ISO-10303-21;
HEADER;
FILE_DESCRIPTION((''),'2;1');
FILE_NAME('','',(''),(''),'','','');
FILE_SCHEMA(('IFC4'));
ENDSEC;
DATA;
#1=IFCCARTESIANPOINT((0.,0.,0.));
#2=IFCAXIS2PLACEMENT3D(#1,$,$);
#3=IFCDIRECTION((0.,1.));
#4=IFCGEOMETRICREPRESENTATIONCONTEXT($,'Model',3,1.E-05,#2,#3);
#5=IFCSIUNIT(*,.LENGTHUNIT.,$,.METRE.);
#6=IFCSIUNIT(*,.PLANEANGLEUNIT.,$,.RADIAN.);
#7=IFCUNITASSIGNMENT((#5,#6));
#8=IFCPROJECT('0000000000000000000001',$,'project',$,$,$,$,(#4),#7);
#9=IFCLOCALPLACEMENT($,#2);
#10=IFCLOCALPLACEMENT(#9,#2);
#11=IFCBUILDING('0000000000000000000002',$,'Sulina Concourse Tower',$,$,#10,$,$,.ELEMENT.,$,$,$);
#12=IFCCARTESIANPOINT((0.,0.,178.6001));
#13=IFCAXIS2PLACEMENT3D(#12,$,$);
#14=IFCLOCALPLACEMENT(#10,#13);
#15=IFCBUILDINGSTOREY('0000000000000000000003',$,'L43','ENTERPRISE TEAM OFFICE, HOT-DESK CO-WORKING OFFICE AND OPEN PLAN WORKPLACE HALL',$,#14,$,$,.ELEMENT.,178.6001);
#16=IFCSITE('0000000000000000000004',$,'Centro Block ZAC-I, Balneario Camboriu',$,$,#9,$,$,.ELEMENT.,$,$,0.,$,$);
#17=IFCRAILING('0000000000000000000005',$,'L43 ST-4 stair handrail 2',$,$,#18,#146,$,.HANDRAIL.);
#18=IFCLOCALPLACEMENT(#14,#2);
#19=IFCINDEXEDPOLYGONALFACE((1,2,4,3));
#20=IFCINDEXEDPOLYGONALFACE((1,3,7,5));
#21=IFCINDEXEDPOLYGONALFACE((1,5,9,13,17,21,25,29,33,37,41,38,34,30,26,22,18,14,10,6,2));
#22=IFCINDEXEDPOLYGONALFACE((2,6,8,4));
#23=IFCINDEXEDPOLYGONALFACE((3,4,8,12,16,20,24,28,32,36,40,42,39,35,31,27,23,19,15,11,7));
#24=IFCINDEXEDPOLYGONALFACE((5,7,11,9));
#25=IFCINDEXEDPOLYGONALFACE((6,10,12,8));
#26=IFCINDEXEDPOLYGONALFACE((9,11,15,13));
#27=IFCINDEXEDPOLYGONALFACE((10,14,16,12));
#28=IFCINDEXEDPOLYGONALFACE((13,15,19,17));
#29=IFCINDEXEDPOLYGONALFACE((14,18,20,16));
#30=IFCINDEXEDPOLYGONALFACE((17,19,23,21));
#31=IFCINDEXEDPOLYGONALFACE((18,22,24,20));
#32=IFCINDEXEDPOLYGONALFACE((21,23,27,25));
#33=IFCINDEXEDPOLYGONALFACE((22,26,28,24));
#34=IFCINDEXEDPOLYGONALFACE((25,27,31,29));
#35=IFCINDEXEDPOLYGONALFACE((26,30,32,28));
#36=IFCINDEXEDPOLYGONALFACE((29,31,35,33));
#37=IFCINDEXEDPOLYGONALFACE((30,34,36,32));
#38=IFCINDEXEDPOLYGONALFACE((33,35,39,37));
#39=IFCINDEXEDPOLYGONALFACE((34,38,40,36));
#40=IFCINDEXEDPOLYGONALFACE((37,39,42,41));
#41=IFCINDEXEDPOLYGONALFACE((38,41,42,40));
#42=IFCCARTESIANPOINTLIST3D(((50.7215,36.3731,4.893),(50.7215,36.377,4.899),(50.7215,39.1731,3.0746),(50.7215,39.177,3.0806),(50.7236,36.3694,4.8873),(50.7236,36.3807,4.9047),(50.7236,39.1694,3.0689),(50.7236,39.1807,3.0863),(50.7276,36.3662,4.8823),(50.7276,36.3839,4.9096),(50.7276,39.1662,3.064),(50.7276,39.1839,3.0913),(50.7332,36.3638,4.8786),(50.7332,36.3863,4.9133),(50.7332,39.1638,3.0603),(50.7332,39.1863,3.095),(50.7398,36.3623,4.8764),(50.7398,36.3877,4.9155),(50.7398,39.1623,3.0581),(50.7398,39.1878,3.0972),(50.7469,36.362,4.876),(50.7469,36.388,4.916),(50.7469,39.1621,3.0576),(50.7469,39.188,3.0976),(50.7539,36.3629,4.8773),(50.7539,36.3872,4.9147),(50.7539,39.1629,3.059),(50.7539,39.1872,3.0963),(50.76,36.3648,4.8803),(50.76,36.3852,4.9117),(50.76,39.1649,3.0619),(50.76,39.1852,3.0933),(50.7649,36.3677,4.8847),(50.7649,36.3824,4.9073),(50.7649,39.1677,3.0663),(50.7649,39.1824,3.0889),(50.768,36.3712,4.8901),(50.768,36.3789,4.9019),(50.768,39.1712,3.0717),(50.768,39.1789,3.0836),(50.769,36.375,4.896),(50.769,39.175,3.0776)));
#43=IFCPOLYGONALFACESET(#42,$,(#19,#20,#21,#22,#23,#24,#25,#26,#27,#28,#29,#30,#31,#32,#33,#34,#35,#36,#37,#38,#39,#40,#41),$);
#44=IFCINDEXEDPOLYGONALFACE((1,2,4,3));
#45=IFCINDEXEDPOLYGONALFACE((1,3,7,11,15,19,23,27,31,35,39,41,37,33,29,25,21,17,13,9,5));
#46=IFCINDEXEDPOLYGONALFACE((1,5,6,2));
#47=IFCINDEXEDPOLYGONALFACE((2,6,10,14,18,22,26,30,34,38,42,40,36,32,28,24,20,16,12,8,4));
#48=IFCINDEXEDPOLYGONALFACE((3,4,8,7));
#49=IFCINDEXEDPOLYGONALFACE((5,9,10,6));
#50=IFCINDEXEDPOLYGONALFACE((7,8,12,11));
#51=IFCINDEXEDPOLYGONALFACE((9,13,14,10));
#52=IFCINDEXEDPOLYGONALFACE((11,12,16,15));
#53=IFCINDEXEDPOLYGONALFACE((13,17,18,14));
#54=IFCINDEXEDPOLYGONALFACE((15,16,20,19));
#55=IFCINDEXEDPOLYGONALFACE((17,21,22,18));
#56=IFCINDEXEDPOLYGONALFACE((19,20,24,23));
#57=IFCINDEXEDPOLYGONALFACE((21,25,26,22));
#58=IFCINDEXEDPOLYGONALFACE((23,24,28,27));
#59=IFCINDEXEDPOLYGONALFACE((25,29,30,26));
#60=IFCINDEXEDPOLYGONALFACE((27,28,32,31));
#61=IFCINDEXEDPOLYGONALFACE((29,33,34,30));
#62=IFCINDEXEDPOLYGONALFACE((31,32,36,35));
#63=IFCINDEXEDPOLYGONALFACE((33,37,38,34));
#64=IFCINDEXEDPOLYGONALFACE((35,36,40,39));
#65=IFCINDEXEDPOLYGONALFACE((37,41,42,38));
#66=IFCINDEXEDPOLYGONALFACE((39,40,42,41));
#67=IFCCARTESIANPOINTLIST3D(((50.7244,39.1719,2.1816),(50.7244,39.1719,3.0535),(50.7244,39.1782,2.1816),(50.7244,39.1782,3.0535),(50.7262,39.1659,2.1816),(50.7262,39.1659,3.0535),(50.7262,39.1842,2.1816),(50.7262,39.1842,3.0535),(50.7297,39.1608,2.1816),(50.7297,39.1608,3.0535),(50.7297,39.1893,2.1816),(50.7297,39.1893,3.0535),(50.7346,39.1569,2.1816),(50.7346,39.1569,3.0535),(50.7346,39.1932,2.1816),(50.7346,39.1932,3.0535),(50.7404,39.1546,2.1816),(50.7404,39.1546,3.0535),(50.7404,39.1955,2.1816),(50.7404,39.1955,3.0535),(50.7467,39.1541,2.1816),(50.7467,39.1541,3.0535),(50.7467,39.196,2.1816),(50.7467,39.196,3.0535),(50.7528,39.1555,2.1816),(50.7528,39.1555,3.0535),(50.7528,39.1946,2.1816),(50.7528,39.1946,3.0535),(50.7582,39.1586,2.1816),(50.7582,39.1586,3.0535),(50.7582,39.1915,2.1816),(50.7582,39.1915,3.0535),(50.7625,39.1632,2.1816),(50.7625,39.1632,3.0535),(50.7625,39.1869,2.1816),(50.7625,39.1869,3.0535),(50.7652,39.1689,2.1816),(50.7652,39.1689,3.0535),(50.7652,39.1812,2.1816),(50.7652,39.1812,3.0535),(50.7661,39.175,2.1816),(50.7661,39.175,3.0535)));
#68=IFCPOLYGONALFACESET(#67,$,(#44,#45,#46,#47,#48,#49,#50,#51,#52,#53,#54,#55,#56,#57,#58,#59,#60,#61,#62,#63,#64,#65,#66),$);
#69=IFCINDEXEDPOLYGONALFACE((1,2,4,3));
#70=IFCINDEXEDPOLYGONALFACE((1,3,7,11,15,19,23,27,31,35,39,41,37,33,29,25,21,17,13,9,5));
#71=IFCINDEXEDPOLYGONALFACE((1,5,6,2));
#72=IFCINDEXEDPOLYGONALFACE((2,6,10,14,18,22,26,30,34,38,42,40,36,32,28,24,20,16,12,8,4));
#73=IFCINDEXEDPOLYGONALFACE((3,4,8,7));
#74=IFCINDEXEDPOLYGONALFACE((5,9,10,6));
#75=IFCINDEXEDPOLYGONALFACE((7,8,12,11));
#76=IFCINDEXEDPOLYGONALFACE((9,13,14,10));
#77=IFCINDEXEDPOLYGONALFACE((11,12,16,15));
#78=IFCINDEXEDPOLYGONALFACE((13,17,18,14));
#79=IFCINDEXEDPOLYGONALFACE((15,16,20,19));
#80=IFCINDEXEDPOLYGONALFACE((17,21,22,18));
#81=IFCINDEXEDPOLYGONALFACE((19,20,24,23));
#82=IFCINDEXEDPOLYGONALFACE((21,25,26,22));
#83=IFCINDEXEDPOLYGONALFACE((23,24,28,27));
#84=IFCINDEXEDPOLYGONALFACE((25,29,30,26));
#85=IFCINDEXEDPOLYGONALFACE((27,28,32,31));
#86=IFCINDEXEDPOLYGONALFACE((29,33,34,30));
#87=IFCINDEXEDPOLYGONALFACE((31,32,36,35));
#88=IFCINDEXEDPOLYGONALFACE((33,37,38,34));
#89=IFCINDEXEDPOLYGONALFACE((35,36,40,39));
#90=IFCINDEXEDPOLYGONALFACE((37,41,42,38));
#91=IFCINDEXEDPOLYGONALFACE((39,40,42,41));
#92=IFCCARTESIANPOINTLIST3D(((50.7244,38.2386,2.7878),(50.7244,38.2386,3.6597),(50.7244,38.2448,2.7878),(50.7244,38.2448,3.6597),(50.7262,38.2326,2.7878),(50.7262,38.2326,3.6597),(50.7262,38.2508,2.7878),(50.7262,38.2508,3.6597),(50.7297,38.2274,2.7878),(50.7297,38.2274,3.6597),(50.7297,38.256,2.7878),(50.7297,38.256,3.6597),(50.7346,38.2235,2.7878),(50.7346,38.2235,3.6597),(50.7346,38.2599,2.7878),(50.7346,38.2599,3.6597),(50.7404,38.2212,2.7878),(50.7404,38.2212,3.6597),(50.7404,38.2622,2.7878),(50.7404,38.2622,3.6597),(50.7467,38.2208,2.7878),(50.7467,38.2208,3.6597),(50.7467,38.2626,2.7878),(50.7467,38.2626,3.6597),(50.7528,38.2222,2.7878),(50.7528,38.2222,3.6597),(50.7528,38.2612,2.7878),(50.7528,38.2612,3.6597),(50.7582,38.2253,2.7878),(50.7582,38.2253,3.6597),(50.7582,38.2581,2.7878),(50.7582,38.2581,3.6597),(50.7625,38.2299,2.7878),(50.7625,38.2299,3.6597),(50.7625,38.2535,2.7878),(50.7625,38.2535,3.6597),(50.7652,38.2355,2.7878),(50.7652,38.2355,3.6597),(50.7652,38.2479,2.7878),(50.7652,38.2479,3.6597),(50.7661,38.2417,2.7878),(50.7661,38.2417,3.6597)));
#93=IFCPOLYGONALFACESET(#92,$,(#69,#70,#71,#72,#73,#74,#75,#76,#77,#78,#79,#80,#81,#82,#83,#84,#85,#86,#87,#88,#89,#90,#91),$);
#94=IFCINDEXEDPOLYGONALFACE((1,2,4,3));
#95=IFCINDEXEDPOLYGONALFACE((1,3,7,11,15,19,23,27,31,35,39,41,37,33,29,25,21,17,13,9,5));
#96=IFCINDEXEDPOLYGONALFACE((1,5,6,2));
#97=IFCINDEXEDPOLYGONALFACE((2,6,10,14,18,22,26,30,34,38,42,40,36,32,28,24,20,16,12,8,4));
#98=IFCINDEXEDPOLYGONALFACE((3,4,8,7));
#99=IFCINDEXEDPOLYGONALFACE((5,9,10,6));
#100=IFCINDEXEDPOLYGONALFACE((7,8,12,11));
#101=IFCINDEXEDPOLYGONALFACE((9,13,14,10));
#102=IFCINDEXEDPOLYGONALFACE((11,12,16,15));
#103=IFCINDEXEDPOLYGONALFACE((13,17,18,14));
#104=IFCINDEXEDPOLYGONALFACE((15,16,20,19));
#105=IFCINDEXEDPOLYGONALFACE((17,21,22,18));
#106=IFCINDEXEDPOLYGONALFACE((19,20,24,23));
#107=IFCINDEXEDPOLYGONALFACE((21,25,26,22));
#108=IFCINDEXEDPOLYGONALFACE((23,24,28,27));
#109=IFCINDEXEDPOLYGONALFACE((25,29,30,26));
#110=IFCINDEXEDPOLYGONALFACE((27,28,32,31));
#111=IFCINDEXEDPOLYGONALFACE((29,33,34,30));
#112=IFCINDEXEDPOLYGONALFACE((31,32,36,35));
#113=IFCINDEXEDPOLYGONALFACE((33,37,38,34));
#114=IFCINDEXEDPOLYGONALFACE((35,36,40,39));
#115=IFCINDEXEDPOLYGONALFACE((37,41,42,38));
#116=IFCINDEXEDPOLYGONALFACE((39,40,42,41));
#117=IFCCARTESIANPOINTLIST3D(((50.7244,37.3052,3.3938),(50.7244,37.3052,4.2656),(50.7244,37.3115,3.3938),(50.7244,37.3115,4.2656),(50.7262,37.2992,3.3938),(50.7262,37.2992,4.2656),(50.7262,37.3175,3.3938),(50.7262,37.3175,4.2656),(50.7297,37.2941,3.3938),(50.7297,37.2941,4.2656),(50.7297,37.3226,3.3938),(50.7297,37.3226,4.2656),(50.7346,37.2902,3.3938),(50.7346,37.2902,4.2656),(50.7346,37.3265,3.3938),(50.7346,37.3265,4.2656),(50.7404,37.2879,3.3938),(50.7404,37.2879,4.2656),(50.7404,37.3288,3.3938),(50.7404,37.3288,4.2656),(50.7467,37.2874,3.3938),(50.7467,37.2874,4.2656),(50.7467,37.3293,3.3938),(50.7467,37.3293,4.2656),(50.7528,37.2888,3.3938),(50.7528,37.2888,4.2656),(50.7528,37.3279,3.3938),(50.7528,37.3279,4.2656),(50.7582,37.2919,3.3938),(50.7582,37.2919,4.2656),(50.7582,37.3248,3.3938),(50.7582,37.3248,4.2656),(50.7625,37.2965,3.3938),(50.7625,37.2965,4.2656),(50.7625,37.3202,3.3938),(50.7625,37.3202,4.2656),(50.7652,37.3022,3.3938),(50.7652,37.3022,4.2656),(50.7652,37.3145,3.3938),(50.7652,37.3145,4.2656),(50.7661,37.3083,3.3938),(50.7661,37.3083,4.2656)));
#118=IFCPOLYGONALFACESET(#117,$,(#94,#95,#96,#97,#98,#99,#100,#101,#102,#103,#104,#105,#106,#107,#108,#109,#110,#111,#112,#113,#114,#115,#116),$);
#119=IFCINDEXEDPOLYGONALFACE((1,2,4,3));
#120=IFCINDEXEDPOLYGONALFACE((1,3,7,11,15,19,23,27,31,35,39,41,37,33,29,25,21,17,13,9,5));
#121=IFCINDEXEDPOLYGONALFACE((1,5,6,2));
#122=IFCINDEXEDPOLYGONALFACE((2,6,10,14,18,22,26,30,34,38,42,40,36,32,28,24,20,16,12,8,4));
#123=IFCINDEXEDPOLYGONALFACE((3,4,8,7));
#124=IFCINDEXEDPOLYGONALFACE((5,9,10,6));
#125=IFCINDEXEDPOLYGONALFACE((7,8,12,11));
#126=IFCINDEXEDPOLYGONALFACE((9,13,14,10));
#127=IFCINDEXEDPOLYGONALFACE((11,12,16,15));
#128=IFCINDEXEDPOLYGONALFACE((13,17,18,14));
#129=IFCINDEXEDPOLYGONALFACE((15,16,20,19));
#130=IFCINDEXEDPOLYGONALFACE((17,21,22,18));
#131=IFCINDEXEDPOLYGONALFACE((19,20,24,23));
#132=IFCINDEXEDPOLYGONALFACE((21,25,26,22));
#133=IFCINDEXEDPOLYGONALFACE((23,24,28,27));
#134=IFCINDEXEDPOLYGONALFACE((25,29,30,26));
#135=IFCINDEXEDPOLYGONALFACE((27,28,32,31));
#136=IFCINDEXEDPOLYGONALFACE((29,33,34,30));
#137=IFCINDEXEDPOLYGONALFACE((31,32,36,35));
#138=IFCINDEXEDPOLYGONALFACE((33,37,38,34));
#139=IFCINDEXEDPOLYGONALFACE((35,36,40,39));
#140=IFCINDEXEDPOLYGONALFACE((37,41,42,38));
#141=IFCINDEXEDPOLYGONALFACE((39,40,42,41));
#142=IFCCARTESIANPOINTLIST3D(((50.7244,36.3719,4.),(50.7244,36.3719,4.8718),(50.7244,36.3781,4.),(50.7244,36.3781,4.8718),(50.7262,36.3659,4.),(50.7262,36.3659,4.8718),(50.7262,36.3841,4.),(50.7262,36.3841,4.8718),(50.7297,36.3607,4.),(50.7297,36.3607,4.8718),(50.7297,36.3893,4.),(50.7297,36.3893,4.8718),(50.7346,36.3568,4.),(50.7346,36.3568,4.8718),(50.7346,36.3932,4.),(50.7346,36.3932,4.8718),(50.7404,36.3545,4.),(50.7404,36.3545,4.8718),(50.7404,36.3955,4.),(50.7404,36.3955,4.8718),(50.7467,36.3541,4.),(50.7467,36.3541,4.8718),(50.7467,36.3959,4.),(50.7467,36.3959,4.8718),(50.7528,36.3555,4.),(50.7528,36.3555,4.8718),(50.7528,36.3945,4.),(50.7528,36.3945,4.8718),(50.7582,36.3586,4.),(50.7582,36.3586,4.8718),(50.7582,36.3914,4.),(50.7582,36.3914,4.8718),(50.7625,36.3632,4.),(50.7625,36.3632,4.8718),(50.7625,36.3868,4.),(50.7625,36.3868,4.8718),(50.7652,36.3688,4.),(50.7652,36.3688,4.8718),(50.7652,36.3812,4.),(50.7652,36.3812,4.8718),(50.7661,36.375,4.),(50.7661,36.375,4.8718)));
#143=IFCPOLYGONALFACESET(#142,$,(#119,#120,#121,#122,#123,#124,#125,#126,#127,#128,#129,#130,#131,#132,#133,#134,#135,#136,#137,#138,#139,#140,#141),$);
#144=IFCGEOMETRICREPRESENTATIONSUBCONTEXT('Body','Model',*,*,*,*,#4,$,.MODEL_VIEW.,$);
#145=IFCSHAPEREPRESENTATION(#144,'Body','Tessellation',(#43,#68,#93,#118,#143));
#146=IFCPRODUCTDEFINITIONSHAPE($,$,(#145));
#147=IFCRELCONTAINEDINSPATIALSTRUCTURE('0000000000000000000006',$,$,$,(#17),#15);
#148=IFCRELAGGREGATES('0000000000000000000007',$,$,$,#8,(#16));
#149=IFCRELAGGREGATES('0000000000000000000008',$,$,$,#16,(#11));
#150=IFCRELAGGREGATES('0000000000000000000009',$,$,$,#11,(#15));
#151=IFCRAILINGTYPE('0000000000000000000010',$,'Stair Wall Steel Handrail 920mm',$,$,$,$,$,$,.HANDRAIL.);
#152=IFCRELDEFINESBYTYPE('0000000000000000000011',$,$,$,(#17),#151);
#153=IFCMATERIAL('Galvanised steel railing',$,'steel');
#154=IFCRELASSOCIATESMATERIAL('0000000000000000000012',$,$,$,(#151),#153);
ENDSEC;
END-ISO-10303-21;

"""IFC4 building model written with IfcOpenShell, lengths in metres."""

from ifc_helpers import new_model, si_unit, direction, frame, origin, origin_2d, place, context, subcontext, project, spatial, circle, extrude, material, type_object, element, save


model = new_model("IFC4")

# Units and contexts
model_context = context("Model", 3, precision=1e-05, world=origin(), true_north=direction((0.0, 1.0)))
body_context = subcontext(model_context, "Body", "Model", "MODEL_VIEW")
ifc_project = project(units=[si_unit("LENGTHUNIT", "METRE"), si_unit("PLANEANGLEUNIT", "RADIAN")], contexts=[model_context])

# Site, building, storey
site_placement = place(None, origin())
site = spatial("IfcSite", under=ifc_project, at=site_placement, Name="Centro Block ZAC-I, Balneario Camboriu", CompositionType="ELEMENT", RefElevation=0.0)
building_placement = place(site_placement, origin())
building = spatial("IfcBuilding", under=site, at=building_placement, Name="Sulina Concourse Tower", CompositionType="ELEMENT")
storey_placement = place(building_placement, frame((0.0, 0.0, 178.6001)))
storey = spatial("IfcBuildingStorey", under=building, at=storey_placement, Name="L43", Description="ENTERPRISE TEAM OFFICE, HOT-DESK CO-WORKING OFFICE AND OPEN PLAN WORKPLACE HALL", CompositionType="ELEMENT", Elevation=178.6001)

# Railing
ifc_material_1 = material(Name="Galvanised steel railing", Category="steel")
railing_type_1 = type_object("IfcRailingType", Name="Stair Wall Steel Handrail 920mm", PredefinedType="HANDRAIL", material=ifc_material_1)
railing_1_placement = place(storey_placement, frame((50.7451, 39.175, 2.1816)))
element("IfcRailing", 1, at=railing_1_placement, inside=storey, type_object=railing_type_1, Name="L43 ST-4 stair handrail 2", PredefinedType="HANDRAIL", context=body_context, shape_type="SweptSolid", body=[
    extrude(circle(Radius=0.0239, at=origin_2d()), frame((0.0, 0.0, 0.896), z_axis=(0.0, -0.838672, 0.544636), x_axis=(1.0, 0.0, 0.0)), (0.0, 0.0, 1.0), 3.3386),
    extrude(circle(Radius=0.021, at=origin_2d()), origin(), (0.0, 0.0, 1.0), 0.8718),
    extrude(circle(Radius=0.021, at=origin_2d()), frame((0.0, -0.9333, 0.6062)), (0.0, 0.0, 1.0), 0.8718),
    extrude(circle(Radius=0.021, at=origin_2d()), frame((0.0, -1.8667, 1.2122)), (0.0, 0.0, 1.0), 0.8718),
    extrude(circle(Radius=0.021, at=origin_2d()), frame((0.0, -2.8, 1.8184)), (0.0, 0.0, 1.0), 0.8718),
])

save(model, "model.ifc")
